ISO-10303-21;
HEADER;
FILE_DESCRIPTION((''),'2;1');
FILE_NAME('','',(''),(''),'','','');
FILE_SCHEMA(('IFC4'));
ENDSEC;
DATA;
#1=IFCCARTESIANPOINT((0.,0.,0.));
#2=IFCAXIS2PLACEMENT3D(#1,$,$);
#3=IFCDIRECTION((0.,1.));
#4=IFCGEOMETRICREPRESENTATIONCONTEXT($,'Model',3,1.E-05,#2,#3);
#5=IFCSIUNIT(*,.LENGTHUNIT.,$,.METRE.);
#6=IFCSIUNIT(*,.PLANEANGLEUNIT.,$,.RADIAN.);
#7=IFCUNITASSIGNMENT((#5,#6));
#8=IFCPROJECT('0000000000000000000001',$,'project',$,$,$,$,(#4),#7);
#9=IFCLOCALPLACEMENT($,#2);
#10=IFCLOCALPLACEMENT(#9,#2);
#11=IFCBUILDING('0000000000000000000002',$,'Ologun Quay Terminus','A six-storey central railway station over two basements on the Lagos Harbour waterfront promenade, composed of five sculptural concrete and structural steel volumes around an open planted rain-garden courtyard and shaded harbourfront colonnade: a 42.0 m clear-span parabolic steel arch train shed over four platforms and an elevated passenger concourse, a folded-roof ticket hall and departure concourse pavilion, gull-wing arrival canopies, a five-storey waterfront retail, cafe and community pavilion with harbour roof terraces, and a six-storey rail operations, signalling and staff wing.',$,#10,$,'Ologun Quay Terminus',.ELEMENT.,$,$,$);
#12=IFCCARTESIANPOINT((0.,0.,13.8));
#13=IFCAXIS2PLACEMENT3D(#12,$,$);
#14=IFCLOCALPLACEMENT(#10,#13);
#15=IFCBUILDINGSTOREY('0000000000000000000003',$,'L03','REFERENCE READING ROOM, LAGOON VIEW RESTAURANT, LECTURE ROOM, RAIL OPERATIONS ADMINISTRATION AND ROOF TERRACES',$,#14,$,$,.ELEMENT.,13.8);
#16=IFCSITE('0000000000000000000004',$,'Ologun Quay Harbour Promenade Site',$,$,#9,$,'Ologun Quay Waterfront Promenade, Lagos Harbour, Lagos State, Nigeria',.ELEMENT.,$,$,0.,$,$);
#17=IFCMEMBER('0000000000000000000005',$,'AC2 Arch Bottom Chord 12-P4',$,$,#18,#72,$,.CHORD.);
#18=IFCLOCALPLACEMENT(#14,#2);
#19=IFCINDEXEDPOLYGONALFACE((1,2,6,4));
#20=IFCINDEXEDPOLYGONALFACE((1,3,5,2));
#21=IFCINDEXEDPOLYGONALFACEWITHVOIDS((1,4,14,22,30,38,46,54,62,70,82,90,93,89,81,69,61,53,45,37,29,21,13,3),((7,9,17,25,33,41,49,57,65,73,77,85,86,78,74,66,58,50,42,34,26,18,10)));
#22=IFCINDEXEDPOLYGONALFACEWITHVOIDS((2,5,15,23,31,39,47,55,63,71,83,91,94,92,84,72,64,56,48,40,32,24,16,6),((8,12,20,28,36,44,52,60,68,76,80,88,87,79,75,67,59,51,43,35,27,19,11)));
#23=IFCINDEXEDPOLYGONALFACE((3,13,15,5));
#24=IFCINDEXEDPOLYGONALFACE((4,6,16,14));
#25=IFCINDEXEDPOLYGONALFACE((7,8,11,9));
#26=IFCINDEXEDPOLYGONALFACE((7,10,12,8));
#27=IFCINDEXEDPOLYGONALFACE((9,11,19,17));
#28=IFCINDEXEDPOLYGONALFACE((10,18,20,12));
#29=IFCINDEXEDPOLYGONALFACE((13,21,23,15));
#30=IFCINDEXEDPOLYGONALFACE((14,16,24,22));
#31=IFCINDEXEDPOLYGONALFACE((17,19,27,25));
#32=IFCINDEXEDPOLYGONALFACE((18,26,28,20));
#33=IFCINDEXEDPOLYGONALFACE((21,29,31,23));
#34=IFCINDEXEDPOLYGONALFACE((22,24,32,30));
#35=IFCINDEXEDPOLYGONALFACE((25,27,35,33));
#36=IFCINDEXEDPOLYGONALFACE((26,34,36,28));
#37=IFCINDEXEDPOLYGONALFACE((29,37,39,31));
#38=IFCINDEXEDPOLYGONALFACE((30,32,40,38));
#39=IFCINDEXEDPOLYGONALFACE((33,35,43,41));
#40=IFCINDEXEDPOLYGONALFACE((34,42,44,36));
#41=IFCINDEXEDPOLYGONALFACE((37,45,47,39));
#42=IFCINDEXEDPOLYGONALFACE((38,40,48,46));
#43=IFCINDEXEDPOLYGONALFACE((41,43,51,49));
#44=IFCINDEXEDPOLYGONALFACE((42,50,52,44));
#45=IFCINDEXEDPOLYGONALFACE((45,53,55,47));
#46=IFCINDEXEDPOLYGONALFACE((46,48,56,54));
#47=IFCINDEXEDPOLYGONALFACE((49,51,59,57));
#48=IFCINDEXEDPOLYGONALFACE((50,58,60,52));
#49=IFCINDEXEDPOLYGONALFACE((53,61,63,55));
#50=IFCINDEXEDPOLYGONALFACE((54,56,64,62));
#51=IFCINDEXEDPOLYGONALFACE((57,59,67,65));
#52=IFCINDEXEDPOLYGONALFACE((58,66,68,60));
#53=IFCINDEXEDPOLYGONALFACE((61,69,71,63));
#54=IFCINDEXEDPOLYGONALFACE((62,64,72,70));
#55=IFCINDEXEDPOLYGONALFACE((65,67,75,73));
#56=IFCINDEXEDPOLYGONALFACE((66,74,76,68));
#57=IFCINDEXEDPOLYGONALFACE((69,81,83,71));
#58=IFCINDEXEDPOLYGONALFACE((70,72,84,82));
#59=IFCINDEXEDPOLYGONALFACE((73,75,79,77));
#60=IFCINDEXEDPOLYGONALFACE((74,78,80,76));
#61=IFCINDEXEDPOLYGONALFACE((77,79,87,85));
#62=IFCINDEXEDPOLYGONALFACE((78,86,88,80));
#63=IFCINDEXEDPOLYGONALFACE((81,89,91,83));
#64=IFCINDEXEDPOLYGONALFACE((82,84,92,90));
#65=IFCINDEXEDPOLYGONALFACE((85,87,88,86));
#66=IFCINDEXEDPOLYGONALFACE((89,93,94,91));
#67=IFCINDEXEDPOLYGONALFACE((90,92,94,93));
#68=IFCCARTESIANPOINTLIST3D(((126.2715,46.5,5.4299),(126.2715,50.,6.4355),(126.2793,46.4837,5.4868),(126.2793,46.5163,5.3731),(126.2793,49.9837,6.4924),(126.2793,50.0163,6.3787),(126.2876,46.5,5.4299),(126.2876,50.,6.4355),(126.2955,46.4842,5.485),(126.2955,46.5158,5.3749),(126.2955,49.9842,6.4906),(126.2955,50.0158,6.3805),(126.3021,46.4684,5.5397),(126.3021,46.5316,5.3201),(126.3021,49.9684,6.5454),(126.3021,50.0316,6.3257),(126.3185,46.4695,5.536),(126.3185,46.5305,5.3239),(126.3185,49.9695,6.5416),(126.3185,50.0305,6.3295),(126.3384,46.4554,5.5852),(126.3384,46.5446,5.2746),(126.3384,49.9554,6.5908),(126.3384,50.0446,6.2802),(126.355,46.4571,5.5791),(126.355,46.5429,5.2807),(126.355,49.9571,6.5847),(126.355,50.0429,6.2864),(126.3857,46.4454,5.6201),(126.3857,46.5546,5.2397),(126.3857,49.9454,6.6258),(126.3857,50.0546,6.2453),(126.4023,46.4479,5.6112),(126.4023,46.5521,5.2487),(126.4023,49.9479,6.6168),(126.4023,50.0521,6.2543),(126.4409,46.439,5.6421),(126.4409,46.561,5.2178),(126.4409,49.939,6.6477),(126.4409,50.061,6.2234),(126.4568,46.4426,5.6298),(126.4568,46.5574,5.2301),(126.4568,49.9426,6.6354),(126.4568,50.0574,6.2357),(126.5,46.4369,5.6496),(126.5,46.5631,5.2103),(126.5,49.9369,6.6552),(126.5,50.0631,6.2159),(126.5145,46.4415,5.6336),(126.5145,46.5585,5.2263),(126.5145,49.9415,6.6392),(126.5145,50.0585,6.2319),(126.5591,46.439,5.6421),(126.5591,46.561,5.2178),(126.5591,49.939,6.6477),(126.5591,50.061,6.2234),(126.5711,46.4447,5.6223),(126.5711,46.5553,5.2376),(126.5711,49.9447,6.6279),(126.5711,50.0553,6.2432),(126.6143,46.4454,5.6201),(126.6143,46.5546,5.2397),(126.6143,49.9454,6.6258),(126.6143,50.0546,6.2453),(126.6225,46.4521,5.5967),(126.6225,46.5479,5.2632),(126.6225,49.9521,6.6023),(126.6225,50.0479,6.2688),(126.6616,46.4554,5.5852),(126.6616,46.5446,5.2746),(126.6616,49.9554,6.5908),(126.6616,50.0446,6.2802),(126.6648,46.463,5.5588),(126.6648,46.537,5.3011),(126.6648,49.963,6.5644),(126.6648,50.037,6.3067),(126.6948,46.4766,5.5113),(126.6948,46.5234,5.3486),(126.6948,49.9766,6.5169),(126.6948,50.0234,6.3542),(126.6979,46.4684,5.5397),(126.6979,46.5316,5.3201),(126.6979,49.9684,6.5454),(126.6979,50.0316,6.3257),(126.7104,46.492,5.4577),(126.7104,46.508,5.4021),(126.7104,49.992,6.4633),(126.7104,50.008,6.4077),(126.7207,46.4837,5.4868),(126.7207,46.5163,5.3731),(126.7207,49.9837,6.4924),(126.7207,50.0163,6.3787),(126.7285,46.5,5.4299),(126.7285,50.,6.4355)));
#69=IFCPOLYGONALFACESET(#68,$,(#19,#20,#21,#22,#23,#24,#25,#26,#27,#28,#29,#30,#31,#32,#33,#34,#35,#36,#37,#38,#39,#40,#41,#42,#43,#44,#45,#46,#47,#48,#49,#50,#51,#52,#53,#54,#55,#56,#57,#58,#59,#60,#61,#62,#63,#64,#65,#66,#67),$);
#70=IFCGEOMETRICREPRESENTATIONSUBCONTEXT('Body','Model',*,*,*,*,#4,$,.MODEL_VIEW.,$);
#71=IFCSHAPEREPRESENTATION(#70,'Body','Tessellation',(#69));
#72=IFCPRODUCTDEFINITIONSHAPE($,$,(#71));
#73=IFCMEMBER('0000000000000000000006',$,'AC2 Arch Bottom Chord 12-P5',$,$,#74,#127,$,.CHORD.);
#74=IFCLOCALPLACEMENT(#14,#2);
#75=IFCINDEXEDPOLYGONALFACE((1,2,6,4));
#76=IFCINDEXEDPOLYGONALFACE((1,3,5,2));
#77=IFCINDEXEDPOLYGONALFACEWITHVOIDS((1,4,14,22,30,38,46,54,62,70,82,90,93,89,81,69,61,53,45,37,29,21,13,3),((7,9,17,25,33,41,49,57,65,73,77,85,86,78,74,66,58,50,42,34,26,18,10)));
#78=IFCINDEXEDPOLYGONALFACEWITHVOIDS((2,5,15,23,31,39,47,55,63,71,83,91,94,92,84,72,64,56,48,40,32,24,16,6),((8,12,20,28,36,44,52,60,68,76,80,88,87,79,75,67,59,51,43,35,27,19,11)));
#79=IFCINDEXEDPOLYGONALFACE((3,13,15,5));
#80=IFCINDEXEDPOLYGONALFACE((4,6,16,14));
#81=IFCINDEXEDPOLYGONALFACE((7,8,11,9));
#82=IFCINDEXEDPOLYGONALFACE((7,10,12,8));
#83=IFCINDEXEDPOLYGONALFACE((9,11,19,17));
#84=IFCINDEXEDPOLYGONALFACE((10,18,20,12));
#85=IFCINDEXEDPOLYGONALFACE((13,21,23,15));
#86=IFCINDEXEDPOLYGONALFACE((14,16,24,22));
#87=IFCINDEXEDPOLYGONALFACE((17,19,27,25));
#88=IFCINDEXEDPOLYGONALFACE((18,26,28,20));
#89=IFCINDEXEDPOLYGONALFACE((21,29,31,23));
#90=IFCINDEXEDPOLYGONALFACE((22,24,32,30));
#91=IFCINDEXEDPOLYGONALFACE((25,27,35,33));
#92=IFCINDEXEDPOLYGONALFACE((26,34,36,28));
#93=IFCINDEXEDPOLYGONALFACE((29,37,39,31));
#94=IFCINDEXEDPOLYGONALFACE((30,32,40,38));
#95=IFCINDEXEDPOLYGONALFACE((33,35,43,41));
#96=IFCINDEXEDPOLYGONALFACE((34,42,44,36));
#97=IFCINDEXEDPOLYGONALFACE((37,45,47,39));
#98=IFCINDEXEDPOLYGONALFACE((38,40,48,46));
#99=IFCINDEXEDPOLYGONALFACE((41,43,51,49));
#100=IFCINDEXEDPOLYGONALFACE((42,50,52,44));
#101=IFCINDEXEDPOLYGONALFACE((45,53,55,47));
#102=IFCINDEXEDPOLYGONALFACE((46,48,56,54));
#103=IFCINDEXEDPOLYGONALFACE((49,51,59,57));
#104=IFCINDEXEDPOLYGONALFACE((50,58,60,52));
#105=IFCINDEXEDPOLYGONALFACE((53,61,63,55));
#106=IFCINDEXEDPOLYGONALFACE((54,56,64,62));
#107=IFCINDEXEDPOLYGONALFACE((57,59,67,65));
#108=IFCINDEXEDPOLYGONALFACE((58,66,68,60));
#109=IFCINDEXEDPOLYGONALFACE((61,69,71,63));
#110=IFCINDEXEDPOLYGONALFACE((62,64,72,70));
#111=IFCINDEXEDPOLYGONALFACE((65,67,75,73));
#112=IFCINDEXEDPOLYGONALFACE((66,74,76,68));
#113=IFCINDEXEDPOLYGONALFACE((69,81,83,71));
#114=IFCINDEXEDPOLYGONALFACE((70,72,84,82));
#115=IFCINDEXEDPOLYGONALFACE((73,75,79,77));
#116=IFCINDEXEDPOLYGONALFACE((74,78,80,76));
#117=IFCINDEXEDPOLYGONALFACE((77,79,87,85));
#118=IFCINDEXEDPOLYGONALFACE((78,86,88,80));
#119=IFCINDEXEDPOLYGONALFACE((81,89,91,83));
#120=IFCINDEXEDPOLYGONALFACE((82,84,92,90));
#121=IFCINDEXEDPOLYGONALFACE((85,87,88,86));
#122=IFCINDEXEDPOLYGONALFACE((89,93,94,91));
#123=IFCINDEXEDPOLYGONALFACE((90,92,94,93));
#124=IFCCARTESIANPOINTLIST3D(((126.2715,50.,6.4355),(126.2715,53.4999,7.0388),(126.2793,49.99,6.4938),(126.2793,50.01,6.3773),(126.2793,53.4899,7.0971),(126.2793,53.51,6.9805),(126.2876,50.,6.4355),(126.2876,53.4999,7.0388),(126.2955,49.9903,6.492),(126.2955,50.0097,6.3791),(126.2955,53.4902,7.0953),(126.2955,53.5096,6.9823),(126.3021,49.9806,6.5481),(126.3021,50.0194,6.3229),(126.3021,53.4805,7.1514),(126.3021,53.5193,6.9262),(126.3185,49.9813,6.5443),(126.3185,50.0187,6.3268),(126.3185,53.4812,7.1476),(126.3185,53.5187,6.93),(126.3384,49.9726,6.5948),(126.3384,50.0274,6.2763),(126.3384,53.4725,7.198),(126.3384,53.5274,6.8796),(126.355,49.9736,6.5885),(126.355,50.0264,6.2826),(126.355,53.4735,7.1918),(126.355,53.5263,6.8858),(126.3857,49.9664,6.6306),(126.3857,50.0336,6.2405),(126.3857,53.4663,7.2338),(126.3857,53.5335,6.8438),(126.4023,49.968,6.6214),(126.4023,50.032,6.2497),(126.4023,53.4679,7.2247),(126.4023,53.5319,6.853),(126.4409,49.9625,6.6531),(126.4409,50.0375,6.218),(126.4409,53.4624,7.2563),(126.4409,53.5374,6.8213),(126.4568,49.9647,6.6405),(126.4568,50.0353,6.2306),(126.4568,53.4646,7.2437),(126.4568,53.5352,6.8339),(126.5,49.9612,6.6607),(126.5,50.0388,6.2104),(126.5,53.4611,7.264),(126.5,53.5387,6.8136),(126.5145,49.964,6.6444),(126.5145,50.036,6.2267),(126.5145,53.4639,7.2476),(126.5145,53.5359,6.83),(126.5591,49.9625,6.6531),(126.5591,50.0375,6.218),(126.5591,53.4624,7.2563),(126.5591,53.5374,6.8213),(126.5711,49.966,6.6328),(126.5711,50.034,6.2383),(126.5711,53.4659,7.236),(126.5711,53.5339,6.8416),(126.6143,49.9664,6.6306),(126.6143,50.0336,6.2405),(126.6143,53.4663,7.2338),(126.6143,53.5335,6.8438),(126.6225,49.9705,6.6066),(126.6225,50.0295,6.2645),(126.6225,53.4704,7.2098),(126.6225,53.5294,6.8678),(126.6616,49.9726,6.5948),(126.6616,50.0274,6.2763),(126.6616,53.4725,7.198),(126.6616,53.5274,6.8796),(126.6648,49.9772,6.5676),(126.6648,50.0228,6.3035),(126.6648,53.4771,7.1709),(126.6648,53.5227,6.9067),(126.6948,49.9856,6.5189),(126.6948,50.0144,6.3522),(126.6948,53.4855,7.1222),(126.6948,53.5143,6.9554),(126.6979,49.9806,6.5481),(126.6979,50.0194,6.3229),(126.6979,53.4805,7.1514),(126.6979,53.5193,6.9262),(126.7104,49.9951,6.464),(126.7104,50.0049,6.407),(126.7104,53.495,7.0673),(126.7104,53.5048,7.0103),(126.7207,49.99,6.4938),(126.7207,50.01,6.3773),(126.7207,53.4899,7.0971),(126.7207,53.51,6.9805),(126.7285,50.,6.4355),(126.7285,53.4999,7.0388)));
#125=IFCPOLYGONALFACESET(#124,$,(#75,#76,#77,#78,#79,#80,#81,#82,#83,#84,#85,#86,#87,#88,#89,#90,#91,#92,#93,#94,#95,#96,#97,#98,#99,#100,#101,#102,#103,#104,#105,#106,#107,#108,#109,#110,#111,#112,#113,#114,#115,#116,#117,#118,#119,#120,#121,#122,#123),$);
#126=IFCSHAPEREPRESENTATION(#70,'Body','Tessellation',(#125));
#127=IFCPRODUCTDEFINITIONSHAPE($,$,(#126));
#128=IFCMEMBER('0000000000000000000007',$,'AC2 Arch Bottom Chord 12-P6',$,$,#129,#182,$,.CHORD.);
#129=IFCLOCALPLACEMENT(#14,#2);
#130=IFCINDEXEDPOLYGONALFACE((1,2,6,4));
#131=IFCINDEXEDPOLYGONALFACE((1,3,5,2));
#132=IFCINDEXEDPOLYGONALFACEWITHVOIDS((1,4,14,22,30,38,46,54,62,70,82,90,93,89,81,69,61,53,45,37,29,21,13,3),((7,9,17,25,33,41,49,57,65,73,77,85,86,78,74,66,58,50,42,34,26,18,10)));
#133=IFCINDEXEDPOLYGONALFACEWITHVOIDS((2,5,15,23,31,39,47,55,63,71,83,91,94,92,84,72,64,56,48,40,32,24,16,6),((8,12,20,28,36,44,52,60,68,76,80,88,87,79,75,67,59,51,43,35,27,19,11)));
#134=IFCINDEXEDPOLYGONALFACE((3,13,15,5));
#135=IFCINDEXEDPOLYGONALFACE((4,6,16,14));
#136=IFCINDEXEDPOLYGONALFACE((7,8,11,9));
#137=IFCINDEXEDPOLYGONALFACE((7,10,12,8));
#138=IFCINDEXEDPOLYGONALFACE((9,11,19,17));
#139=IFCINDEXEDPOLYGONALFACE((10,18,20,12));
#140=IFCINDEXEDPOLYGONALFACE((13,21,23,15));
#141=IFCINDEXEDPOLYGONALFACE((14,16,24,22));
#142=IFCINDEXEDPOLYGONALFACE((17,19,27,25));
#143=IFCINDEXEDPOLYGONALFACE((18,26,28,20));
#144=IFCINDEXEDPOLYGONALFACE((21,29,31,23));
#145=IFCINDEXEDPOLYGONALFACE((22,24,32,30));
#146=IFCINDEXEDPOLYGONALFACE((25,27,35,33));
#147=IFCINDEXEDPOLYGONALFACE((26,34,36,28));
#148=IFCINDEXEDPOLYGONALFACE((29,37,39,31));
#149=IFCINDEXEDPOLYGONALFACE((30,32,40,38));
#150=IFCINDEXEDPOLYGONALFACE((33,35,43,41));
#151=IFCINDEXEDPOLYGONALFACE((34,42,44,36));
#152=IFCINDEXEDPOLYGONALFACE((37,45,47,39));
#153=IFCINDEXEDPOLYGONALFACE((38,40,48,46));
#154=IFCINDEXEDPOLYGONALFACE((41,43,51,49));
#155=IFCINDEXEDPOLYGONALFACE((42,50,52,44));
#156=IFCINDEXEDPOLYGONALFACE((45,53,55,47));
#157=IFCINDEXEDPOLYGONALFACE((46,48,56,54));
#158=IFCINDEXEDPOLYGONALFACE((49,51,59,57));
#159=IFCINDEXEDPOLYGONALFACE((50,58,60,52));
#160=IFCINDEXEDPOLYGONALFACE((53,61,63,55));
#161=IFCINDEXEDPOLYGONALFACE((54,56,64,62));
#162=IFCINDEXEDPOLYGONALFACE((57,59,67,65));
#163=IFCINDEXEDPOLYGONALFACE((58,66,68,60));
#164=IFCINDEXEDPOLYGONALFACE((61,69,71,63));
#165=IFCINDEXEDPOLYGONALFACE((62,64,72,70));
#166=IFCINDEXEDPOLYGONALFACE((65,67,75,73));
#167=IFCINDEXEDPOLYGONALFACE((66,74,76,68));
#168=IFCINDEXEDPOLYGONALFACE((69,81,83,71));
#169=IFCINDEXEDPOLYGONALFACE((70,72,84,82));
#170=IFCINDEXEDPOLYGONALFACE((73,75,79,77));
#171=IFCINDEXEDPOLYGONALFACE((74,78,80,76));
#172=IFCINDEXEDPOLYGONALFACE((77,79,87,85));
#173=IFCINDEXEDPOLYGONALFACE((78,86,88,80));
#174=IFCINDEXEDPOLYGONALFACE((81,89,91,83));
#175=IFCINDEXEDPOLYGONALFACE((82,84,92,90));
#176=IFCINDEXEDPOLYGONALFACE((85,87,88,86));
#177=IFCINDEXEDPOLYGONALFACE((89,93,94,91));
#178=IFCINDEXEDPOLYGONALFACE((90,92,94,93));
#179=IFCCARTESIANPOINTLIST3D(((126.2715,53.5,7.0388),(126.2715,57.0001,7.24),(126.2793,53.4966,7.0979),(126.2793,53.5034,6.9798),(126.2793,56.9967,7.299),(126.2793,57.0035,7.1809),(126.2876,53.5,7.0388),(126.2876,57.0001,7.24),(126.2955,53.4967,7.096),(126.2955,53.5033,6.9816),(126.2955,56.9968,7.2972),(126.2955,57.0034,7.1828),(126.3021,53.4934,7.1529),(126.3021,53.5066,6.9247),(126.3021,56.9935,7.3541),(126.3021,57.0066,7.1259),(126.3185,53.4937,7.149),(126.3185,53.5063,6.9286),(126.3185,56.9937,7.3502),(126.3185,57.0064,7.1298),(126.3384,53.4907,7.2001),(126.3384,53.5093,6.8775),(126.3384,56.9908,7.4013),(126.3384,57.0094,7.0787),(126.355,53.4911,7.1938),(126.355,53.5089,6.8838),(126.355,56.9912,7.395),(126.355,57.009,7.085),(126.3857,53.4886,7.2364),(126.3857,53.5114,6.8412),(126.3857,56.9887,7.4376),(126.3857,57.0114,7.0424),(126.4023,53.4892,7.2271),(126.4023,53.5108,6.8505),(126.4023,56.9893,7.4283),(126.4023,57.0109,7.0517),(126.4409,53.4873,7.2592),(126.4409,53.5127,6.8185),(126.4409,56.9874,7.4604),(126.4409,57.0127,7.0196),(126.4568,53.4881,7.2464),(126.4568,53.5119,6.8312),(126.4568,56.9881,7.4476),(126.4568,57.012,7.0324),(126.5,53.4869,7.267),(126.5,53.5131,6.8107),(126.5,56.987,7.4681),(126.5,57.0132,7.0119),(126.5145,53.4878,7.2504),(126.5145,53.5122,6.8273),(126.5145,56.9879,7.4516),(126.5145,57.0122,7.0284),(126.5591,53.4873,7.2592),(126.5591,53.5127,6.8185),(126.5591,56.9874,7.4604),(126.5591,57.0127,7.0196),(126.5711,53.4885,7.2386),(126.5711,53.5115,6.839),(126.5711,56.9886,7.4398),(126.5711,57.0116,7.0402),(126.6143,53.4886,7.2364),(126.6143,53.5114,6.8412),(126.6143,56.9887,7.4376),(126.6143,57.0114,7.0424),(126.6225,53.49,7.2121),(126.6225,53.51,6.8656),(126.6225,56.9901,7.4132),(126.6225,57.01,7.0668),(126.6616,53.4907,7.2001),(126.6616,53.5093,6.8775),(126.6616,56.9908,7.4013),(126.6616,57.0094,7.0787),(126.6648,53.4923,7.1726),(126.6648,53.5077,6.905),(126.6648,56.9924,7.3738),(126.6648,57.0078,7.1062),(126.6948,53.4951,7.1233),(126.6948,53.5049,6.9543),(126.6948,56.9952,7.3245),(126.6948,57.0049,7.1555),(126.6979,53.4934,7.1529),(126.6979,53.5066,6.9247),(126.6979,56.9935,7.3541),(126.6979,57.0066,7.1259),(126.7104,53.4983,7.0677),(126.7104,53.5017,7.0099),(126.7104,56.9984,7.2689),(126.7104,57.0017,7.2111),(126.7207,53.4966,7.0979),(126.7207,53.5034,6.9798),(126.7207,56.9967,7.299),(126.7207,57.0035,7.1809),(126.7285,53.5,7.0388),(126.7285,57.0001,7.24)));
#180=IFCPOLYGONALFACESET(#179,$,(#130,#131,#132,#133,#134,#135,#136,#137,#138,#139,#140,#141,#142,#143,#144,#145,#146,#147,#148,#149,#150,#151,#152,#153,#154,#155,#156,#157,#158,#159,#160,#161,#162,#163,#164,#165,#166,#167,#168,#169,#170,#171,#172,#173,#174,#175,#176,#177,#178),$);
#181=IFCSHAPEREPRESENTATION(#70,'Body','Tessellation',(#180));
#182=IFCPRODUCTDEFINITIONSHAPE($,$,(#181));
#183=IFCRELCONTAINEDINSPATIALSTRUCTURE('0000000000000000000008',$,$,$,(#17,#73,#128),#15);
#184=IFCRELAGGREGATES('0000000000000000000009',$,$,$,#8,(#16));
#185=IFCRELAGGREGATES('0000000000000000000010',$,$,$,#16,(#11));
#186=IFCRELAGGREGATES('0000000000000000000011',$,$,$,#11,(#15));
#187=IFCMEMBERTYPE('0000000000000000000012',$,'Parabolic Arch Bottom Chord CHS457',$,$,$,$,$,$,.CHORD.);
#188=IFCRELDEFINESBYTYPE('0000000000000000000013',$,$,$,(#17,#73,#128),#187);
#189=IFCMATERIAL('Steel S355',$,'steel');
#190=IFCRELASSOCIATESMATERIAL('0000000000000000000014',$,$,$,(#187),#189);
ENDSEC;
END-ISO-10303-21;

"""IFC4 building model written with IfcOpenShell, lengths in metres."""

from ifc_helpers import new_model, si_unit, direction, frame, origin, origin_2d, place, context, subcontext, project, spatial, hollow_circle, extrude, material, material_profile, profile_set, type_object, element, save


model = new_model("IFC4")

# Units and contexts
model_context = context("Model", 3, precision=1e-05, world=origin(), true_north=direction((0.0, 1.0)))
body_context = subcontext(model_context, "Body", "Model", "MODEL_VIEW")
ifc_project = project(units=[si_unit("LENGTHUNIT", "METRE"), si_unit("PLANEANGLEUNIT", "RADIAN")], contexts=[model_context])

# Site, building, storey
site_placement = place(None, origin())
site = spatial("IfcSite", under=ifc_project, at=site_placement, Name="Ologun Quay Harbour Promenade Site", LongName="Ologun Quay Waterfront Promenade, Lagos Harbour, Lagos State, Nigeria", CompositionType="ELEMENT", RefElevation=0.0)
building_placement = place(site_placement, origin())
building = spatial("IfcBuilding", under=site, at=building_placement, Name="Ologun Quay Terminus", Description="A six-storey central railway station over two basements on the Lagos Harbour waterfront promenade, composed of five sculptural concrete and structural steel volumes around an open planted rain-garden courtyard and shaded harbourfront colonnade: a 42.0 m clear-span parabolic steel arch train shed over four platforms and an elevated passenger concourse, a folded-roof ticket hall and departure concourse pavilion, gull-wing arrival canopies, a five-storey waterfront retail, cafe and community pavilion with harbour roof terraces, and a six-storey rail operations, signalling and staff wing.", LongName="Ologun Quay Terminus", CompositionType="ELEMENT")
storey_placement = place(building_placement, frame((0.0, 0.0, 13.8)))
storey = spatial("IfcBuildingStorey", under=building, at=storey_placement, Name="L03", Description="REFERENCE READING ROOM, LAGOON VIEW RESTAURANT, LECTURE ROOM, RAIL OPERATIONS ADMINISTRATION AND ROOF TERRACES", CompositionType="ELEMENT", Elevation=13.8)

# Members
ifc_material_1 = material(Name="Steel S355", Category="steel")
ifc_material_profile_1 = material_profile(ifc_material_1, hollow_circle(Radius=0.2285, WallThickness=0.0161, at=origin_2d()), Name="CHS 457x16")
ifc_profile_set_1 = profile_set([ifc_material_profile_1], Name="Steel S355")
member_type_1 = type_object("IfcMemberType", Name="Parabolic Arch Bottom Chord CHS457", PredefinedType="CHORD", material=ifc_profile_set_1)
member_1_placement = place(storey_placement, frame((126.5, 46.5, 5.4299), z_axis=(0.0, 0.961116, 0.276146), x_axis=(-1.0, 0.0, 0.0)))
element("IfcMember", 1, at=member_1_placement, inside=storey, type_object=member_type_1, Name="AC2 Arch Bottom Chord 12-P4", PredefinedType="CHORD", context=body_context, shape_type="SweptSolid", body=[
    extrude(hollow_circle(Radius=0.2285, WallThickness=0.0161, at=origin_2d()), origin(), (0.0, 0.0, 1.0), 3.6416),
])
member_2_placement = place(storey_placement, frame((126.5, 50.0, 6.4355), z_axis=(0.0, 0.985468, 0.169859), x_axis=(-1.0, 0.0, 0.0)))
element("IfcMember", 2, at=member_2_placement, inside=storey, type_object=member_type_1, Name="AC2 Arch Bottom Chord 12-P5", PredefinedType="CHORD", context=body_context, shape_type="SweptSolid", body=[
    extrude(hollow_circle(Radius=0.2285, WallThickness=0.0161, at=origin_2d()), origin(), (0.0, 0.0, 1.0), 3.5515),
])
for number, where, z_axis, x_axis, name in (
    (3, (126.5, 53.5, 7.0388), (0.0, 0.998352, 0.057383), (-1.0, 0.0, 0.0), "AC2 Arch Bottom Chord 12-P6"),
):
    element("IfcMember", number, at=place(storey_placement, frame(where, z_axis=z_axis, x_axis=x_axis)), inside=storey, type_object=member_type_1, Name=name, PredefinedType="CHORD", context=body_context, shape_type="SweptSolid", body=[
        extrude(hollow_circle(Radius=0.2285, WallThickness=0.0161, at=origin_2d()), origin(), (0.0, 0.0, 1.0), 3.5059),
    ])

save(model, "model.ifc")
